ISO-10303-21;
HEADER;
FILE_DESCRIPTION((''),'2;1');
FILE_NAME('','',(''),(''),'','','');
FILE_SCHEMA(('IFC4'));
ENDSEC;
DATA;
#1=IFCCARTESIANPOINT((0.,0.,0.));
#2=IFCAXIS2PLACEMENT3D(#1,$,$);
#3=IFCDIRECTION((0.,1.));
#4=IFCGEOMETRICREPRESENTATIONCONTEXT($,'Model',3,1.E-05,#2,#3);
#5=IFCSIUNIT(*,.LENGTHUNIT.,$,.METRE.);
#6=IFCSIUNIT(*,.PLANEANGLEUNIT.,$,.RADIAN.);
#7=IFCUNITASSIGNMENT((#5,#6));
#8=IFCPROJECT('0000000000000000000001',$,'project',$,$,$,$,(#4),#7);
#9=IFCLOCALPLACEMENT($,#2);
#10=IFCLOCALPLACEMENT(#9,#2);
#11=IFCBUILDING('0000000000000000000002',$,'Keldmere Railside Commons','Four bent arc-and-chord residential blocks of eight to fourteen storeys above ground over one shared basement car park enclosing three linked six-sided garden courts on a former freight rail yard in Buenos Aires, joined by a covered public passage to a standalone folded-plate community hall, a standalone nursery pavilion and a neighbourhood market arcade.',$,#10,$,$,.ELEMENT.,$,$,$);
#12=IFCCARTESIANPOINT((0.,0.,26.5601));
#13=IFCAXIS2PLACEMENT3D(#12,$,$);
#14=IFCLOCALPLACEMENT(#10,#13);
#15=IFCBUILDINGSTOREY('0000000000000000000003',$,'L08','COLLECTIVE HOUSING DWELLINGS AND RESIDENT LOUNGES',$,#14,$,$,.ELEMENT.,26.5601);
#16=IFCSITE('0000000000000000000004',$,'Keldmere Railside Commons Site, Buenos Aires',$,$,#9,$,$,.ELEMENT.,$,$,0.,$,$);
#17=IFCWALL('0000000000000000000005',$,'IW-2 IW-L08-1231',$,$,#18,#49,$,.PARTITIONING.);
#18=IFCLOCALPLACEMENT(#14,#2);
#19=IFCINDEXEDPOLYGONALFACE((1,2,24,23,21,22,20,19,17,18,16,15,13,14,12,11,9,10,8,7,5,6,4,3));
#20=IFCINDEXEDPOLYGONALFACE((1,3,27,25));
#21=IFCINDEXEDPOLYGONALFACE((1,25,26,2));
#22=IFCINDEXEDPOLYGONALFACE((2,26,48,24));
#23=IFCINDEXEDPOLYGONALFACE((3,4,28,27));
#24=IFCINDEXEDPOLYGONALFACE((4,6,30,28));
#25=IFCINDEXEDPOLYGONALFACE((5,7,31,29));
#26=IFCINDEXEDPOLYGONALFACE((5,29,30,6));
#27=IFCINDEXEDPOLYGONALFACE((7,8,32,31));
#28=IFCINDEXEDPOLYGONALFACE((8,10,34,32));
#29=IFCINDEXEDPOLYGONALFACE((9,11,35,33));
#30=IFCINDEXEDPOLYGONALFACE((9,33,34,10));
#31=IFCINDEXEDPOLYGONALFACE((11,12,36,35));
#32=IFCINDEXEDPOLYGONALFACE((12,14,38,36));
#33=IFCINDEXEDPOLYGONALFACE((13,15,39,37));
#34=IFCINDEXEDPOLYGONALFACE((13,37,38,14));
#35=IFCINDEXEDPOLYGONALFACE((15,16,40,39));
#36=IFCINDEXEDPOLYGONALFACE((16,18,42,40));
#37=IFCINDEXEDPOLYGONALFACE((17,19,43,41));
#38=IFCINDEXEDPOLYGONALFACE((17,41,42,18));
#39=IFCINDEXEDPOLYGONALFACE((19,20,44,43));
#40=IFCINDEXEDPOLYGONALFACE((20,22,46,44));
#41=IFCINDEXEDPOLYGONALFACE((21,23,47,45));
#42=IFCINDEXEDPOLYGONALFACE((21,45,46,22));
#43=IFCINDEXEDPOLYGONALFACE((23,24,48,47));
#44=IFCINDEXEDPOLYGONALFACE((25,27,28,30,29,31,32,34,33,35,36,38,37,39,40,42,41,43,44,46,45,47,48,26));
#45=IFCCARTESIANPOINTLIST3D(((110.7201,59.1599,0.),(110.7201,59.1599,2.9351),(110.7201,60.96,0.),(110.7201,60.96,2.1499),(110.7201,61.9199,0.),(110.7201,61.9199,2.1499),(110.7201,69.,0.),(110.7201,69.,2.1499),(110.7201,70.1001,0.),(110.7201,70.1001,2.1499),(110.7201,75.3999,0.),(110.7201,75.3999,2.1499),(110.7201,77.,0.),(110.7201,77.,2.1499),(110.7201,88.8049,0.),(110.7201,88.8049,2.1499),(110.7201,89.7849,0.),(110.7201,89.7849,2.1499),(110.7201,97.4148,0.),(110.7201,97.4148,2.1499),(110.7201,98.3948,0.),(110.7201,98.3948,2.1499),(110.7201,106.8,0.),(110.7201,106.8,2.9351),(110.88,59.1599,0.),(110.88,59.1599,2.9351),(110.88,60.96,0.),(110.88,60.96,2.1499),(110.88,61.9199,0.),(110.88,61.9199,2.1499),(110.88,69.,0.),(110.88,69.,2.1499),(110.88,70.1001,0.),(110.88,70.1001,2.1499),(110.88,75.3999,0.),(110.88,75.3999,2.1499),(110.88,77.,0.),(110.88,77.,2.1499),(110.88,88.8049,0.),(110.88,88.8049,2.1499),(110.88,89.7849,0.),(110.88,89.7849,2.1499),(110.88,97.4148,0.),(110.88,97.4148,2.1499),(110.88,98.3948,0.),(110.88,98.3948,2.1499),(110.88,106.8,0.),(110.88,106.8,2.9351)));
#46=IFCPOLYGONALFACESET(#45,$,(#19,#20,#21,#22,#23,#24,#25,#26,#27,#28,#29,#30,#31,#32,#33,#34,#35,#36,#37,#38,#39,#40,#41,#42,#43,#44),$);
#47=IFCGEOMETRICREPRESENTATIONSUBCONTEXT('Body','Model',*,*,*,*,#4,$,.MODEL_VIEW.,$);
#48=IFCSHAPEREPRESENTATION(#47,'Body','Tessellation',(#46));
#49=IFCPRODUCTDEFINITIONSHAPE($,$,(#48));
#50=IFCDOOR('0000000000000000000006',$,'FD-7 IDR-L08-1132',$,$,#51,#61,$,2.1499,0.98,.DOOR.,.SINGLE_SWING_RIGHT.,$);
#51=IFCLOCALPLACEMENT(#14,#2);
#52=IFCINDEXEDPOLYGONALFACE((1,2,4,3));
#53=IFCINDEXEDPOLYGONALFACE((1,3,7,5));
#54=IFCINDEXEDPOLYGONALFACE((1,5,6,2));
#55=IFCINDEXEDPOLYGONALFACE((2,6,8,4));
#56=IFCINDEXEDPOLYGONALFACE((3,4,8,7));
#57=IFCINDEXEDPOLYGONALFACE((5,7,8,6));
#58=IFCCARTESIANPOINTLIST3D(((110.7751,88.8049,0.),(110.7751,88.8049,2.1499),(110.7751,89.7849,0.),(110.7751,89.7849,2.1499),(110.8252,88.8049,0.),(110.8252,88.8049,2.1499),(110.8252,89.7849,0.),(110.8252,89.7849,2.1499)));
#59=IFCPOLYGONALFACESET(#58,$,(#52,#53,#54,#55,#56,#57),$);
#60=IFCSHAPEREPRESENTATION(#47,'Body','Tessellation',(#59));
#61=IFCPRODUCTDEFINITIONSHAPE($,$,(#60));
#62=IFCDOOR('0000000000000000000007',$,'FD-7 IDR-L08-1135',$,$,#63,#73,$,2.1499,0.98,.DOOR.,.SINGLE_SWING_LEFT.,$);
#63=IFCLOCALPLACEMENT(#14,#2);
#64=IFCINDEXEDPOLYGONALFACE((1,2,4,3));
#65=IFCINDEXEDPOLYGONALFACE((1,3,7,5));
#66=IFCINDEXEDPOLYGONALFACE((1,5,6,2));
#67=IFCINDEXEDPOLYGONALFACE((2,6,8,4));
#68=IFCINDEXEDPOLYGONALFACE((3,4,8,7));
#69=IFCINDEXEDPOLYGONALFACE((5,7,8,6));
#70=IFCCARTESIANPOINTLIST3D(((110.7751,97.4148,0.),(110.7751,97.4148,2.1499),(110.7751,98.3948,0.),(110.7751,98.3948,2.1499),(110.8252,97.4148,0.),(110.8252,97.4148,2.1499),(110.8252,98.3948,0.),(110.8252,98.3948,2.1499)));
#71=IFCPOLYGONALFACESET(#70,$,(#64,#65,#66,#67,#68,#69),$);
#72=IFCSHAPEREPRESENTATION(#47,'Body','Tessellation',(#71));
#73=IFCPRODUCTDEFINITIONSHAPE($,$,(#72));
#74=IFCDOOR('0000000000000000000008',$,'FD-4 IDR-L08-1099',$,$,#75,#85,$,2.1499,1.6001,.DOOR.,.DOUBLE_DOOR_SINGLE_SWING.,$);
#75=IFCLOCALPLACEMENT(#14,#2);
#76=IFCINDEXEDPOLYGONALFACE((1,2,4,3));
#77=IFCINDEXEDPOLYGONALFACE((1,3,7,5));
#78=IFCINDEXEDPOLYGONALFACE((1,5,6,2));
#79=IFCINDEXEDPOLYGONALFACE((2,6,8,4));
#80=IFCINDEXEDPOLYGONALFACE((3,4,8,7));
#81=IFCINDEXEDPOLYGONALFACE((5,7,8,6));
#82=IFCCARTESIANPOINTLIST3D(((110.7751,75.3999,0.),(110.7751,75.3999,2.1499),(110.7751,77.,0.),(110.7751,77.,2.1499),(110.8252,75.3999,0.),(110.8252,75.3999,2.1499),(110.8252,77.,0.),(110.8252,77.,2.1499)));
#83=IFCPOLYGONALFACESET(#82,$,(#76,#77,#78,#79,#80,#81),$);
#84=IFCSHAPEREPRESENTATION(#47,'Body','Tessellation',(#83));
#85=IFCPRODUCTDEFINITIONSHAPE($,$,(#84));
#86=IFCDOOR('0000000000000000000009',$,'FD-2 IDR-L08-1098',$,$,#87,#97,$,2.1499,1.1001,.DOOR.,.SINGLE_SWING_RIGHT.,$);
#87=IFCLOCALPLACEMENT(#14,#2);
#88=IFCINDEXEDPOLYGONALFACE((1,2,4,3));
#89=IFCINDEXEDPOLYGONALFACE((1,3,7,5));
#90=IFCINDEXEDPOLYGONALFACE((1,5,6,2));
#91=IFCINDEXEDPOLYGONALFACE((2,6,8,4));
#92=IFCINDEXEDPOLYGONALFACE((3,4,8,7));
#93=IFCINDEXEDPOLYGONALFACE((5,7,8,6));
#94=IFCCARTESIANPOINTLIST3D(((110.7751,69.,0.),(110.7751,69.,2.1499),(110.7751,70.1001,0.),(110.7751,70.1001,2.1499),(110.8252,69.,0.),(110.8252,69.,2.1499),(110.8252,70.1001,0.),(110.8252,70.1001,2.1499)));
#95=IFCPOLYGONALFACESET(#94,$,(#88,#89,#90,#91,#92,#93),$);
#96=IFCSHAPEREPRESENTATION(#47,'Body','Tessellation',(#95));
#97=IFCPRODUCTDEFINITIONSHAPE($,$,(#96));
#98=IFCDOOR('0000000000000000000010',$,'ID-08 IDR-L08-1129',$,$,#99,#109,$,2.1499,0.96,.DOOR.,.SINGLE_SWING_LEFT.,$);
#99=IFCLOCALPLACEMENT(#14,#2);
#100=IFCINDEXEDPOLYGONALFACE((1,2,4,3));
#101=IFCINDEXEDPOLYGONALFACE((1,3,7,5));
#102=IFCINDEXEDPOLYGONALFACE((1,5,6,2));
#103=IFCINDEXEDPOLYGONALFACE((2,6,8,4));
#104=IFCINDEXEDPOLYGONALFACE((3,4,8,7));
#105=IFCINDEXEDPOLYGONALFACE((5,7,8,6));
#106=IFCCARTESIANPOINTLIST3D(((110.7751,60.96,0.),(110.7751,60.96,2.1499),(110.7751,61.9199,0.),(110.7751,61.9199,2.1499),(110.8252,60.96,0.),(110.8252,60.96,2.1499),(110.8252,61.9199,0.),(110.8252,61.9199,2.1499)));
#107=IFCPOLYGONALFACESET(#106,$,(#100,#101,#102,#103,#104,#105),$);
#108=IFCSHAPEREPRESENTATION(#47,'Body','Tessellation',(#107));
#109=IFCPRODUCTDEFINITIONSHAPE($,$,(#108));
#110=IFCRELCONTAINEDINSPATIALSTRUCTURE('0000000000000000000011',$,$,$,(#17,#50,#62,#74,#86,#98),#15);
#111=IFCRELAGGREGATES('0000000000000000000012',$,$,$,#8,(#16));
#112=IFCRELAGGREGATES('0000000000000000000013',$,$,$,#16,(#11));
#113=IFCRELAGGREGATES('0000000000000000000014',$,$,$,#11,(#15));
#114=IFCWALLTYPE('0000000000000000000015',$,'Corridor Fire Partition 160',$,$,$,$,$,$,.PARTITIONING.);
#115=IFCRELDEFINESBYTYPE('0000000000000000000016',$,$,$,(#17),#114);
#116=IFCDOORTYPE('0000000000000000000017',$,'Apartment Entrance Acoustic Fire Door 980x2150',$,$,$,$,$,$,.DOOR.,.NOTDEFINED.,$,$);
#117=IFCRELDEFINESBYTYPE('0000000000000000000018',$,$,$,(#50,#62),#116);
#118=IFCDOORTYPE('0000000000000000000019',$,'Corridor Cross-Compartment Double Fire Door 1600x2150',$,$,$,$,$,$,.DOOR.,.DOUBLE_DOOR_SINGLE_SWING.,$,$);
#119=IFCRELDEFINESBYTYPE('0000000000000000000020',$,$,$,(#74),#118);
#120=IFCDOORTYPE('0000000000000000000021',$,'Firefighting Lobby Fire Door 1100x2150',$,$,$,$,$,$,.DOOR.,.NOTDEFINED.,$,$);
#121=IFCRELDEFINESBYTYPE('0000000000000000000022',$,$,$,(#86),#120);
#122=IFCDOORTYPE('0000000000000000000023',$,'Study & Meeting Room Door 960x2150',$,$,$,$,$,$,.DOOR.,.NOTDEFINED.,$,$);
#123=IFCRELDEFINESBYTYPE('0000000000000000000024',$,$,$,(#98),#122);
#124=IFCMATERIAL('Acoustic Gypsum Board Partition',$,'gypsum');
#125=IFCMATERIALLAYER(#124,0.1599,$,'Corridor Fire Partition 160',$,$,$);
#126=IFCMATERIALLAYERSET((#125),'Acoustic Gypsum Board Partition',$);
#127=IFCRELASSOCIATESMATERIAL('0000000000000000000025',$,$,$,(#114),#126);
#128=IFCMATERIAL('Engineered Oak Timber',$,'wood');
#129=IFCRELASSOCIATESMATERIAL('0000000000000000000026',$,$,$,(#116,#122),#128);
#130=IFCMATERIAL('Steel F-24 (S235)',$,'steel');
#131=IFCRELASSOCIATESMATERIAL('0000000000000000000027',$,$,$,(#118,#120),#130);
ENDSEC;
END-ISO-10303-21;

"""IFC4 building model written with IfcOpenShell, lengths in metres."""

from ifc_helpers import new_model, si_unit, direction, frame, frame_2d, origin, place, context, subcontext, project, spatial, rectangle, extrude, material, layer, layer_set, type_object, element, fill, save


model = new_model("IFC4")

# Units and contexts
model_context = context("Model", 3, precision=1e-05, world=origin(), true_north=direction((0.0, 1.0)))
body_context = subcontext(model_context, "Body", "Model", "MODEL_VIEW")
ifc_project = project(units=[si_unit("LENGTHUNIT", "METRE"), si_unit("PLANEANGLEUNIT", "RADIAN")], contexts=[model_context])

# Site, building, storey
site_placement = place(None, origin())
site = spatial("IfcSite", under=ifc_project, at=site_placement, Name="Keldmere Railside Commons Site, Buenos Aires", CompositionType="ELEMENT", RefElevation=0.0)
building_placement = place(site_placement, origin())
building = spatial("IfcBuilding", under=site, at=building_placement, Name="Keldmere Railside Commons", Description="Four bent arc-and-chord residential blocks of eight to fourteen storeys above ground over one shared basement car park enclosing three linked six-sided garden courts on a former freight rail yard in Buenos Aires, joined by a covered public passage to a standalone folded-plate community hall, a standalone nursery pavilion and a neighbourhood market arcade.", CompositionType="ELEMENT")
storey_placement = place(building_placement, frame((0.0, 0.0, 26.5601)))
storey = spatial("IfcBuildingStorey", under=building, at=storey_placement, Name="L08", Description="COLLECTIVE HOUSING DWELLINGS AND RESIDENT LOUNGES", CompositionType="ELEMENT", Elevation=26.5601)

# Wall, openings, doors
ifc_material_1 = material(Name="Acoustic Gypsum Board Partition", Category="gypsum")
ifc_material_2 = material(Name="Engineered Oak Timber", Category="wood")
ifc_layer_1 = layer(ifc_material_1, 0.1599, Name="Corridor Fire Partition 160")
ifc_layer_set_1 = layer_set([ifc_layer_1], Name="Acoustic Gypsum Board Partition")
wall_type_1 = type_object("IfcWallType", Name="Corridor Fire Partition 160", PredefinedType="PARTITIONING", material=ifc_layer_set_1)
wall_1_placement = place(storey_placement, frame((110.8, 59.1599, 0.0), z_axis=(0.0, 0.0, 1.0), x_axis=(0.0, 1.0, 0.0)))
wall_1 = element("IfcWall", 1, at=wall_1_placement, inside=storey, type_object=wall_type_1, Name="IW-2 IW-L08-1231", PredefinedType="PARTITIONING", context=body_context, shape_type="SweptSolid", body=[
    extrude(rectangle(XDim=47.6401, YDim=0.1599, at=frame_2d((23.8201, 0.0))), origin(), (0.0, 0.0, 1.0), 2.9351),
])
opening_1_placement = place(wall_1_placement, frame((9.8401, 0.0, 0.0)))
opening_1 = element("IfcOpeningElement", 2, at=opening_1_placement, cuts=wall_1, PredefinedType="OPENING", context=body_context, shape_type="SweptSolid", body=[
    extrude(rectangle(XDim=1.1001, YDim=2.1499, at=frame_2d((0.55, 1.075))), frame((0.0, 0.0898, 0.0), z_axis=(0.0, -1.0, 0.0), x_axis=(1.0, 0.0, 0.0)), (0.0, 0.0, 1.0), 0.1799),
])
opening_2_placement = place(wall_1_placement, frame((16.24, 0.0, 0.0)))
opening_2 = element("IfcOpeningElement", 3, at=opening_2_placement, cuts=wall_1, PredefinedType="OPENING", context=body_context, shape_type="SweptSolid", body=[
    extrude(rectangle(XDim=1.6001, YDim=2.1499, at=frame_2d((0.8, 1.075))), frame((0.0, 0.0898, 0.0), z_axis=(0.0, -1.0, 0.0), x_axis=(1.0, 0.0, 0.0)), (0.0, 0.0, 1.0), 0.1799),
])
opening_3_placement = place(wall_1_placement, frame((1.8, 0.0, 0.0)))
opening_3 = element("IfcOpeningElement", 4, at=opening_3_placement, cuts=wall_1, PredefinedType="OPENING", context=body_context, shape_type="SweptSolid", body=[
    extrude(rectangle(XDim=0.96, YDim=2.1499, at=frame_2d((0.48, 1.075))), frame((0.0, 0.0898, 0.0), z_axis=(0.0, -1.0, 0.0), x_axis=(1.0, 0.0, 0.0)), (0.0, 0.0, 1.0), 0.1799),
])
opening_4_placement = place(wall_1_placement, frame((29.645, 0.0, 0.0)))
opening_4 = element("IfcOpeningElement", 5, at=opening_4_placement, cuts=wall_1, PredefinedType="OPENING", context=body_context, shape_type="SweptSolid", body=[
    extrude(rectangle(XDim=0.98, YDim=2.1499, at=frame_2d((0.49, 1.075))), frame((0.0, 0.0898, 0.0), z_axis=(0.0, -1.0, 0.0), x_axis=(1.0, 0.0, 0.0)), (0.0, 0.0, 1.0), 0.1799),
])
opening_5_placement = place(wall_1_placement, frame((38.2549, 0.0, 0.0)))
opening_5 = element("IfcOpeningElement", 6, at=opening_5_placement, cuts=wall_1, PredefinedType="OPENING", context=body_context, shape_type="SweptSolid", body=[
    extrude(rectangle(XDim=0.98, YDim=2.1499, at=frame_2d((0.49, 1.075))), frame((0.0, 0.0898, 0.0), z_axis=(0.0, -1.0, 0.0), x_axis=(1.0, 0.0, 0.0)), (0.0, 0.0, 1.0), 0.1799),
])
door_type_1 = type_object("IfcDoorType", Name="Apartment Entrance Acoustic Fire Door 980x2150", OperationType="NOTDEFINED", PredefinedType="DOOR", material=ifc_material_2)
door_1_placement = place(opening_4_placement, origin())
door_1 = element("IfcDoor", 7, at=door_1_placement, inside=storey, type_object=door_type_1, Name="FD-7 IDR-L08-1132", OperationType="SINGLE_SWING_RIGHT", OverallHeight=2.1499, OverallWidth=0.98, PredefinedType="DOOR", context=body_context, shape_type="SweptSolid", body=[
    extrude(rectangle(XDim=0.98, YDim=2.1499, at=frame_2d((0.49, 1.075))), frame((0.0, 0.0249, 0.0), z_axis=(0.0, -1.0, 0.0), x_axis=(1.0, 0.0, 0.0)), (0.0, 0.0, 1.0), 0.05),
])
fill(opening_4, door_1)
door_2_placement = place(opening_5_placement, origin())
door_2 = element("IfcDoor", 8, at=door_2_placement, inside=storey, type_object=door_type_1, Name="FD-7 IDR-L08-1135", OperationType="SINGLE_SWING_LEFT", OverallHeight=2.1499, OverallWidth=0.98, PredefinedType="DOOR", context=body_context, shape_type="SweptSolid", body=[
    extrude(rectangle(XDim=0.98, YDim=2.1499, at=frame_2d((0.49, 1.075))), frame((0.0, 0.0249, 0.0), z_axis=(0.0, -1.0, 0.0), x_axis=(1.0, 0.0, 0.0)), (0.0, 0.0, 1.0), 0.05),
])
fill(opening_5, door_2)
ifc_material_3 = material(Name="Steel F-24 (S235)", Category="steel")
door_type_2 = type_object("IfcDoorType", Name="Corridor Cross-Compartment Double Fire Door 1600x2150", OperationType="DOUBLE_DOOR_SINGLE_SWING", PredefinedType="DOOR", material=ifc_material_3)
door_3_placement = place(opening_2_placement, origin())
door_3 = element("IfcDoor", 9, at=door_3_placement, inside=storey, type_object=door_type_2, Name="FD-4 IDR-L08-1099", OperationType="DOUBLE_DOOR_SINGLE_SWING", OverallHeight=2.1499, OverallWidth=1.6001, PredefinedType="DOOR", context=body_context, shape_type="SweptSolid", body=[
    extrude(rectangle(XDim=1.6001, YDim=2.1499, at=frame_2d((0.8, 1.075))), frame((0.0, 0.0249, 0.0), z_axis=(0.0, -1.0, 0.0), x_axis=(1.0, 0.0, 0.0)), (0.0, 0.0, 1.0), 0.05),
])
fill(opening_2, door_3)
door_type_3 = type_object("IfcDoorType", Name="Firefighting Lobby Fire Door 1100x2150", OperationType="NOTDEFINED", PredefinedType="DOOR", material=ifc_material_3)
door_4_placement = place(opening_1_placement, origin())
door_4 = element("IfcDoor", 10, at=door_4_placement, inside=storey, type_object=door_type_3, Name="FD-2 IDR-L08-1098", OperationType="SINGLE_SWING_RIGHT", OverallHeight=2.1499, OverallWidth=1.1001, PredefinedType="DOOR", context=body_context, shape_type="SweptSolid", body=[
    extrude(rectangle(XDim=1.1001, YDim=2.1499, at=frame_2d((0.55, 1.075))), frame((0.0, 0.0249, 0.0), z_axis=(0.0, -1.0, 0.0), x_axis=(1.0, 0.0, 0.0)), (0.0, 0.0, 1.0), 0.05),
])
fill(opening_1, door_4)
door_type_4 = type_object("IfcDoorType", Name="Study & Meeting Room Door 960x2150", OperationType="NOTDEFINED", PredefinedType="DOOR", material=ifc_material_2)
door_5_placement = place(opening_3_placement, origin())
door_5 = element("IfcDoor", 11, at=door_5_placement, inside=storey, type_object=door_type_4, Name="ID-08 IDR-L08-1129", OperationType="SINGLE_SWING_LEFT", OverallHeight=2.1499, OverallWidth=0.96, PredefinedType="DOOR", context=body_context, shape_type="SweptSolid", body=[
    extrude(rectangle(XDim=0.96, YDim=2.1499, at=frame_2d((0.48, 1.075))), frame((0.0, 0.0249, 0.0), z_axis=(0.0, -1.0, 0.0), x_axis=(1.0, 0.0, 0.0)), (0.0, 0.0, 1.0), 0.05),
])
fill(opening_3, door_5)

save(model, "model.ifc")
